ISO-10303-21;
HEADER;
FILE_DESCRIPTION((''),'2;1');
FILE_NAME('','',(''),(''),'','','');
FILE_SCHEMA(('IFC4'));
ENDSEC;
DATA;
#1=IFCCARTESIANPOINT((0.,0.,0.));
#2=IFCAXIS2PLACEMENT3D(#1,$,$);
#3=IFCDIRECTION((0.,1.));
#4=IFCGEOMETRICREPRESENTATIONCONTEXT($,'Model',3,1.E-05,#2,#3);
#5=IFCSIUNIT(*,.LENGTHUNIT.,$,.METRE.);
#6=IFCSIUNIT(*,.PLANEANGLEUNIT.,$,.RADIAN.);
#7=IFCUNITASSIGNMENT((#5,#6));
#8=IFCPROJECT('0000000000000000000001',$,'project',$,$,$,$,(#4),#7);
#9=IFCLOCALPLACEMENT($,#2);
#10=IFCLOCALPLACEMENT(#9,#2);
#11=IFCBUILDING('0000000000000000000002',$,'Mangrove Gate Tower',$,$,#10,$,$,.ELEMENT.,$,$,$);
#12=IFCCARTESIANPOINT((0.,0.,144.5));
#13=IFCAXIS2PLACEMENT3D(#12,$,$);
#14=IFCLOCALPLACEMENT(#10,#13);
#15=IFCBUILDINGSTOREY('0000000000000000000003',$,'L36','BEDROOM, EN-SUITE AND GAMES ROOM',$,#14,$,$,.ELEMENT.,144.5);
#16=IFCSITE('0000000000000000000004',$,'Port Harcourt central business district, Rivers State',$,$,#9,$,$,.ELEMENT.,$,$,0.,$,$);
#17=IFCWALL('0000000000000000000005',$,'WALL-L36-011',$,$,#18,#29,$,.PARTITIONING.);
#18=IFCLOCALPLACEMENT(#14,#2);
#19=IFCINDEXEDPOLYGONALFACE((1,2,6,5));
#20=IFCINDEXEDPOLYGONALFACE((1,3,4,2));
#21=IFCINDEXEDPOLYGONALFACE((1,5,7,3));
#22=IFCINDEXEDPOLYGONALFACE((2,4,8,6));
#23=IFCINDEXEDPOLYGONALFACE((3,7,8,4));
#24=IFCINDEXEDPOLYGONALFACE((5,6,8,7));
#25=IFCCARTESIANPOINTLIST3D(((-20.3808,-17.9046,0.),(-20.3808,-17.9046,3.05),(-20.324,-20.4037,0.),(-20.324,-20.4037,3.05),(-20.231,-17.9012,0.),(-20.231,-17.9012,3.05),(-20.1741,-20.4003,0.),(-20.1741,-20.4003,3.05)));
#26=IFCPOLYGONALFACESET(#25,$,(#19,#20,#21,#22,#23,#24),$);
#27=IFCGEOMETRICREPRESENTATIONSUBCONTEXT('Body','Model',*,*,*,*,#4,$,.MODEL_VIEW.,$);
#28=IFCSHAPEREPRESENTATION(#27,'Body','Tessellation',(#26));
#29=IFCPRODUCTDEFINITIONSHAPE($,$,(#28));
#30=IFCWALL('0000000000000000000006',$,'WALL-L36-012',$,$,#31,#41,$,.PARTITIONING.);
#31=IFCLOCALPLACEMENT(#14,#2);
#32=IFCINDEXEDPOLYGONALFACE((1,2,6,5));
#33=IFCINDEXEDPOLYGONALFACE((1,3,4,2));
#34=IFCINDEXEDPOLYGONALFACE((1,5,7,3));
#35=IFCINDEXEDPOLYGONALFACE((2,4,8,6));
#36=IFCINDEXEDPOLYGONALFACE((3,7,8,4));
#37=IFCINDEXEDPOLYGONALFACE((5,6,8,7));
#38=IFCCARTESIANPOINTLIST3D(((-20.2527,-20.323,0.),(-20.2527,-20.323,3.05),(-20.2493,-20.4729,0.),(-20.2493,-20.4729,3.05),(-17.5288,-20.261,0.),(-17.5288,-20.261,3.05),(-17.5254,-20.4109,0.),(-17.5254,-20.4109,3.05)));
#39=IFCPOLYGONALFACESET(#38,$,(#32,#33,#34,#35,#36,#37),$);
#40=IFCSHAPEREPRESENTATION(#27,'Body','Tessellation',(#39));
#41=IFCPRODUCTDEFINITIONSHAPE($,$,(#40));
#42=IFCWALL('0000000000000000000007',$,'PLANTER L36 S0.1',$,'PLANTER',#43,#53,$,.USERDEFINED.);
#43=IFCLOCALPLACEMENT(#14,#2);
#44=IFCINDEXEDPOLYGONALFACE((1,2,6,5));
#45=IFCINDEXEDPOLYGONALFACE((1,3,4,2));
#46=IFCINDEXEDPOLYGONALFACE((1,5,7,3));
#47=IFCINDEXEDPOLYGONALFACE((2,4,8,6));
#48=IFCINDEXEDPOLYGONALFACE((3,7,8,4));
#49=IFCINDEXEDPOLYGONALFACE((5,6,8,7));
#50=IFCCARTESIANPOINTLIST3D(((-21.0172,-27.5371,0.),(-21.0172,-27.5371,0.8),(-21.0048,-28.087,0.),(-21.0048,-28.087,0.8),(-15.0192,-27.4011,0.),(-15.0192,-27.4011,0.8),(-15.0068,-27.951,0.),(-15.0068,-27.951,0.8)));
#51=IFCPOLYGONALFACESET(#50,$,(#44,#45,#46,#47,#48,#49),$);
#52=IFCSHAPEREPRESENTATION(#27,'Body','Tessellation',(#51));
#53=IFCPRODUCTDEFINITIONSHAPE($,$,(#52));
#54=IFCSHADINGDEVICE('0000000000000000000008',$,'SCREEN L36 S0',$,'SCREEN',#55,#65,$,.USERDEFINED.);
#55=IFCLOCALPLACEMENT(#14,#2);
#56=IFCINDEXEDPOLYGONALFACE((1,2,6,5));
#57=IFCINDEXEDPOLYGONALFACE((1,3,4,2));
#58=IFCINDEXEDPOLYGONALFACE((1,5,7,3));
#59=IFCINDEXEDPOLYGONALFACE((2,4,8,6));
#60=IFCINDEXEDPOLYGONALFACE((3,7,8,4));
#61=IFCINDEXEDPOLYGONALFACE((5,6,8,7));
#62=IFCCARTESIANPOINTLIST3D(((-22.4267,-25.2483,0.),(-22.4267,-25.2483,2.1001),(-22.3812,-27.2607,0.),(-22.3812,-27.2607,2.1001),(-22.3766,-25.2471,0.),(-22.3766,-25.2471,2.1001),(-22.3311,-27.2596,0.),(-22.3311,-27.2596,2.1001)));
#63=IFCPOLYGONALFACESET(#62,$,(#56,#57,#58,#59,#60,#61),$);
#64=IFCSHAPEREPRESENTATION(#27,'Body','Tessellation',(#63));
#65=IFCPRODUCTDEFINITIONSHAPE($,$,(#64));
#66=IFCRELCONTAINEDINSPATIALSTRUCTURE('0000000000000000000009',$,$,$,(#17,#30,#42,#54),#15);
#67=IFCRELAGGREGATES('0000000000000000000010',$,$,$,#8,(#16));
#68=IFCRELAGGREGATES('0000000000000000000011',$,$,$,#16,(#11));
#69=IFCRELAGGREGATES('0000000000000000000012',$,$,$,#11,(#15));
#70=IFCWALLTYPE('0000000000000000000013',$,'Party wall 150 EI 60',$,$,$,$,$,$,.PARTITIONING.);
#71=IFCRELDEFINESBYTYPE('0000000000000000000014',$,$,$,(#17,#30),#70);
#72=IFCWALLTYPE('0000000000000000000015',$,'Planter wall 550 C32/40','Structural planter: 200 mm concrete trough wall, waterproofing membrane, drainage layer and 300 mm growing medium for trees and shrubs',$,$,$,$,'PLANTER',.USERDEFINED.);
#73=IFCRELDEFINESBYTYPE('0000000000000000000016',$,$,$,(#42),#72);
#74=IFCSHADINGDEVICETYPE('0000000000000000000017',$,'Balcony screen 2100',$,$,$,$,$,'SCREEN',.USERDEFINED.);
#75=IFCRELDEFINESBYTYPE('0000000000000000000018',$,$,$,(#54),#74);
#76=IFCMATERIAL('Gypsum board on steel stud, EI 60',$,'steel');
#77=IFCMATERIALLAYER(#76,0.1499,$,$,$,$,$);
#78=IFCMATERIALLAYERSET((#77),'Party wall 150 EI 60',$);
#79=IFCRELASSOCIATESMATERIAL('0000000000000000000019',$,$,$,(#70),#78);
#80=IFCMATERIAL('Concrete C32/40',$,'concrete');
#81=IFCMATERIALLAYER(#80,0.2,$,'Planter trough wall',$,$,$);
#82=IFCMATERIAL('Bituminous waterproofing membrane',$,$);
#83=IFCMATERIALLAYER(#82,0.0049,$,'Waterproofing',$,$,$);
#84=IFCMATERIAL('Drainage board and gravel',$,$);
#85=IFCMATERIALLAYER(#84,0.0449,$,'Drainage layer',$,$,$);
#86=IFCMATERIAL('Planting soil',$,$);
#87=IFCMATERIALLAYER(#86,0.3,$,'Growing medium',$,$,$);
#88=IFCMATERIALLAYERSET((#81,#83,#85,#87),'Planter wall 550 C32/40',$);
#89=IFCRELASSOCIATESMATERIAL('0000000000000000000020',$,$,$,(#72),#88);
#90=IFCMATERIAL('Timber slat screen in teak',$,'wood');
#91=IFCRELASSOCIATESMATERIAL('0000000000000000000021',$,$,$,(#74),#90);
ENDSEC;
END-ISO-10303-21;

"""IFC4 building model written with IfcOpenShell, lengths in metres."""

from ifc_helpers import new_model, si_unit, direction, frame, frame_2d, origin, origin_2d, place, context, subcontext, project, spatial, rectangle, extrude, material, layer, layer_set, type_object, element, save


model = new_model("IFC4")

# Units and contexts
model_context = context("Model", 3, precision=1e-05, world=origin(), true_north=direction((0.0, 1.0)))
body_context = subcontext(model_context, "Body", "Model", "MODEL_VIEW")
ifc_project = project(units=[si_unit("LENGTHUNIT", "METRE"), si_unit("PLANEANGLEUNIT", "RADIAN")], contexts=[model_context])

# Site, building, storey
site_placement = place(None, origin())
site = spatial("IfcSite", under=ifc_project, at=site_placement, Name="Port Harcourt central business district, Rivers State", CompositionType="ELEMENT", RefElevation=0.0)
building_placement = place(site_placement, origin())
building = spatial("IfcBuilding", under=site, at=building_placement, Name="Mangrove Gate Tower", CompositionType="ELEMENT")
storey_placement = place(building_placement, frame((0.0, 0.0, 144.5)))
storey = spatial("IfcBuildingStorey", under=building, at=storey_placement, Name="L36", Description="BEDROOM, EN-SUITE AND GAMES ROOM", CompositionType="ELEMENT", Elevation=144.5)

# Walls
ifc_material_1 = material(Name="Gypsum board on steel stud, EI 60", Category="steel")
ifc_layer_1 = layer(ifc_material_1, 0.1499)
ifc_layer_set_1 = layer_set([ifc_layer_1], Name="Party wall 150 EI 60")
wall_type_1 = type_object("IfcWallType", Name="Party wall 150 EI 60", PredefinedType="PARTITIONING", material=ifc_layer_set_1)
wall_1_placement = place(storey_placement, frame((-20.249, -20.4021, 0.0), z_axis=(0.0, 0.0, 1.0), x_axis=(-0.022757, 0.999741, 0.0)))
element("IfcWall", 1, at=wall_1_placement, inside=storey, type_object=wall_type_1, Name="WALL-L36-011", PredefinedType="PARTITIONING", context=body_context, shape_type="SweptSolid", body=[
    extrude(rectangle(XDim=2.4998, YDim=0.1499, at=frame_2d((1.25, 0.0))), origin(), (0.0, 0.0, 1.0), 3.05),
])
wall_2_placement = place(storey_placement, frame((-20.251, -20.3979, 0.0), z_axis=(0.0, 0.0, 1.0), x_axis=(0.999741, 0.02276, 0.0)))
element("IfcWall", 2, at=wall_2_placement, inside=storey, type_object=wall_type_1, Name="WALL-L36-012", PredefinedType="PARTITIONING", context=body_context, shape_type="SweptSolid", body=[
    extrude(rectangle(XDim=2.7246, YDim=0.1499, at=frame_2d((1.3623, 0.0))), origin(), (0.0, 0.0, 1.0), 3.05),
])
ifc_material_2 = material(Name="Concrete C32/40", Category="concrete")
ifc_layer_2 = layer(ifc_material_2, 0.2, Name="Planter trough wall")
ifc_material_3 = material(Name="Bituminous waterproofing membrane")
ifc_layer_3 = layer(ifc_material_3, 0.0049, Name="Waterproofing")
ifc_material_4 = material(Name="Drainage board and gravel")
ifc_layer_4 = layer(ifc_material_4, 0.0449, Name="Drainage layer")
ifc_material_5 = material(Name="Planting soil")
ifc_layer_5 = layer(ifc_material_5, 0.3, Name="Growing medium")
ifc_layer_set_2 = layer_set([ifc_layer_2, ifc_layer_3, ifc_layer_4, ifc_layer_5], Name="Planter wall 550 C32/40")
wall_type_2 = type_object("IfcWallType", Name="Planter wall 550 C32/40", Description="Structural planter: 200 mm concrete trough wall, waterproofing membrane, drainage layer and 300 mm growing medium for trees and shrubs", ElementType="PLANTER", PredefinedType="USERDEFINED", material=ifc_layer_set_2)
wall_3_placement = place(storey_placement, frame((-21.011, -27.812, 0.0), z_axis=(0.0, 0.0, 1.0), x_axis=(0.999743, 0.022666, 0.0)))
element("IfcWall", 3, at=wall_3_placement, inside=storey, type_object=wall_type_2, Name="PLANTER L36 S0.1", ObjectType="PLANTER", PredefinedType="USERDEFINED", context=body_context, shape_type="SweptSolid", body=[
    extrude(rectangle(XDim=5.9995, YDim=0.55, at=frame_2d((2.9998, 0.0))), origin(), (0.0, 0.0, 1.0), 0.8),
])

# Shading device
ifc_material_6 = material(Name="Timber slat screen in teak", Category="wood")
shading_device_type = type_object("IfcShadingDeviceType", Name="Balcony screen 2100", ElementType="SCREEN", PredefinedType="USERDEFINED", material=ifc_material_6)
shading_device_placement = place(storey_placement, frame((-22.3789, -26.2539, 0.0), z_axis=(0.0, 0.0, 1.0), x_axis=(0.0226, -0.999745, 0.0)))
element("IfcShadingDevice", 4, at=shading_device_placement, inside=storey, type_object=shading_device_type, Name="SCREEN L36 S0", ObjectType="SCREEN", PredefinedType="USERDEFINED", context=body_context, shape_type="SweptSolid", body=[
    extrude(rectangle(XDim=2.0129, YDim=0.05, at=origin_2d()), origin(), (0.0, 0.0, 1.0), 2.1001),
])

save(model, "model.ifc")
